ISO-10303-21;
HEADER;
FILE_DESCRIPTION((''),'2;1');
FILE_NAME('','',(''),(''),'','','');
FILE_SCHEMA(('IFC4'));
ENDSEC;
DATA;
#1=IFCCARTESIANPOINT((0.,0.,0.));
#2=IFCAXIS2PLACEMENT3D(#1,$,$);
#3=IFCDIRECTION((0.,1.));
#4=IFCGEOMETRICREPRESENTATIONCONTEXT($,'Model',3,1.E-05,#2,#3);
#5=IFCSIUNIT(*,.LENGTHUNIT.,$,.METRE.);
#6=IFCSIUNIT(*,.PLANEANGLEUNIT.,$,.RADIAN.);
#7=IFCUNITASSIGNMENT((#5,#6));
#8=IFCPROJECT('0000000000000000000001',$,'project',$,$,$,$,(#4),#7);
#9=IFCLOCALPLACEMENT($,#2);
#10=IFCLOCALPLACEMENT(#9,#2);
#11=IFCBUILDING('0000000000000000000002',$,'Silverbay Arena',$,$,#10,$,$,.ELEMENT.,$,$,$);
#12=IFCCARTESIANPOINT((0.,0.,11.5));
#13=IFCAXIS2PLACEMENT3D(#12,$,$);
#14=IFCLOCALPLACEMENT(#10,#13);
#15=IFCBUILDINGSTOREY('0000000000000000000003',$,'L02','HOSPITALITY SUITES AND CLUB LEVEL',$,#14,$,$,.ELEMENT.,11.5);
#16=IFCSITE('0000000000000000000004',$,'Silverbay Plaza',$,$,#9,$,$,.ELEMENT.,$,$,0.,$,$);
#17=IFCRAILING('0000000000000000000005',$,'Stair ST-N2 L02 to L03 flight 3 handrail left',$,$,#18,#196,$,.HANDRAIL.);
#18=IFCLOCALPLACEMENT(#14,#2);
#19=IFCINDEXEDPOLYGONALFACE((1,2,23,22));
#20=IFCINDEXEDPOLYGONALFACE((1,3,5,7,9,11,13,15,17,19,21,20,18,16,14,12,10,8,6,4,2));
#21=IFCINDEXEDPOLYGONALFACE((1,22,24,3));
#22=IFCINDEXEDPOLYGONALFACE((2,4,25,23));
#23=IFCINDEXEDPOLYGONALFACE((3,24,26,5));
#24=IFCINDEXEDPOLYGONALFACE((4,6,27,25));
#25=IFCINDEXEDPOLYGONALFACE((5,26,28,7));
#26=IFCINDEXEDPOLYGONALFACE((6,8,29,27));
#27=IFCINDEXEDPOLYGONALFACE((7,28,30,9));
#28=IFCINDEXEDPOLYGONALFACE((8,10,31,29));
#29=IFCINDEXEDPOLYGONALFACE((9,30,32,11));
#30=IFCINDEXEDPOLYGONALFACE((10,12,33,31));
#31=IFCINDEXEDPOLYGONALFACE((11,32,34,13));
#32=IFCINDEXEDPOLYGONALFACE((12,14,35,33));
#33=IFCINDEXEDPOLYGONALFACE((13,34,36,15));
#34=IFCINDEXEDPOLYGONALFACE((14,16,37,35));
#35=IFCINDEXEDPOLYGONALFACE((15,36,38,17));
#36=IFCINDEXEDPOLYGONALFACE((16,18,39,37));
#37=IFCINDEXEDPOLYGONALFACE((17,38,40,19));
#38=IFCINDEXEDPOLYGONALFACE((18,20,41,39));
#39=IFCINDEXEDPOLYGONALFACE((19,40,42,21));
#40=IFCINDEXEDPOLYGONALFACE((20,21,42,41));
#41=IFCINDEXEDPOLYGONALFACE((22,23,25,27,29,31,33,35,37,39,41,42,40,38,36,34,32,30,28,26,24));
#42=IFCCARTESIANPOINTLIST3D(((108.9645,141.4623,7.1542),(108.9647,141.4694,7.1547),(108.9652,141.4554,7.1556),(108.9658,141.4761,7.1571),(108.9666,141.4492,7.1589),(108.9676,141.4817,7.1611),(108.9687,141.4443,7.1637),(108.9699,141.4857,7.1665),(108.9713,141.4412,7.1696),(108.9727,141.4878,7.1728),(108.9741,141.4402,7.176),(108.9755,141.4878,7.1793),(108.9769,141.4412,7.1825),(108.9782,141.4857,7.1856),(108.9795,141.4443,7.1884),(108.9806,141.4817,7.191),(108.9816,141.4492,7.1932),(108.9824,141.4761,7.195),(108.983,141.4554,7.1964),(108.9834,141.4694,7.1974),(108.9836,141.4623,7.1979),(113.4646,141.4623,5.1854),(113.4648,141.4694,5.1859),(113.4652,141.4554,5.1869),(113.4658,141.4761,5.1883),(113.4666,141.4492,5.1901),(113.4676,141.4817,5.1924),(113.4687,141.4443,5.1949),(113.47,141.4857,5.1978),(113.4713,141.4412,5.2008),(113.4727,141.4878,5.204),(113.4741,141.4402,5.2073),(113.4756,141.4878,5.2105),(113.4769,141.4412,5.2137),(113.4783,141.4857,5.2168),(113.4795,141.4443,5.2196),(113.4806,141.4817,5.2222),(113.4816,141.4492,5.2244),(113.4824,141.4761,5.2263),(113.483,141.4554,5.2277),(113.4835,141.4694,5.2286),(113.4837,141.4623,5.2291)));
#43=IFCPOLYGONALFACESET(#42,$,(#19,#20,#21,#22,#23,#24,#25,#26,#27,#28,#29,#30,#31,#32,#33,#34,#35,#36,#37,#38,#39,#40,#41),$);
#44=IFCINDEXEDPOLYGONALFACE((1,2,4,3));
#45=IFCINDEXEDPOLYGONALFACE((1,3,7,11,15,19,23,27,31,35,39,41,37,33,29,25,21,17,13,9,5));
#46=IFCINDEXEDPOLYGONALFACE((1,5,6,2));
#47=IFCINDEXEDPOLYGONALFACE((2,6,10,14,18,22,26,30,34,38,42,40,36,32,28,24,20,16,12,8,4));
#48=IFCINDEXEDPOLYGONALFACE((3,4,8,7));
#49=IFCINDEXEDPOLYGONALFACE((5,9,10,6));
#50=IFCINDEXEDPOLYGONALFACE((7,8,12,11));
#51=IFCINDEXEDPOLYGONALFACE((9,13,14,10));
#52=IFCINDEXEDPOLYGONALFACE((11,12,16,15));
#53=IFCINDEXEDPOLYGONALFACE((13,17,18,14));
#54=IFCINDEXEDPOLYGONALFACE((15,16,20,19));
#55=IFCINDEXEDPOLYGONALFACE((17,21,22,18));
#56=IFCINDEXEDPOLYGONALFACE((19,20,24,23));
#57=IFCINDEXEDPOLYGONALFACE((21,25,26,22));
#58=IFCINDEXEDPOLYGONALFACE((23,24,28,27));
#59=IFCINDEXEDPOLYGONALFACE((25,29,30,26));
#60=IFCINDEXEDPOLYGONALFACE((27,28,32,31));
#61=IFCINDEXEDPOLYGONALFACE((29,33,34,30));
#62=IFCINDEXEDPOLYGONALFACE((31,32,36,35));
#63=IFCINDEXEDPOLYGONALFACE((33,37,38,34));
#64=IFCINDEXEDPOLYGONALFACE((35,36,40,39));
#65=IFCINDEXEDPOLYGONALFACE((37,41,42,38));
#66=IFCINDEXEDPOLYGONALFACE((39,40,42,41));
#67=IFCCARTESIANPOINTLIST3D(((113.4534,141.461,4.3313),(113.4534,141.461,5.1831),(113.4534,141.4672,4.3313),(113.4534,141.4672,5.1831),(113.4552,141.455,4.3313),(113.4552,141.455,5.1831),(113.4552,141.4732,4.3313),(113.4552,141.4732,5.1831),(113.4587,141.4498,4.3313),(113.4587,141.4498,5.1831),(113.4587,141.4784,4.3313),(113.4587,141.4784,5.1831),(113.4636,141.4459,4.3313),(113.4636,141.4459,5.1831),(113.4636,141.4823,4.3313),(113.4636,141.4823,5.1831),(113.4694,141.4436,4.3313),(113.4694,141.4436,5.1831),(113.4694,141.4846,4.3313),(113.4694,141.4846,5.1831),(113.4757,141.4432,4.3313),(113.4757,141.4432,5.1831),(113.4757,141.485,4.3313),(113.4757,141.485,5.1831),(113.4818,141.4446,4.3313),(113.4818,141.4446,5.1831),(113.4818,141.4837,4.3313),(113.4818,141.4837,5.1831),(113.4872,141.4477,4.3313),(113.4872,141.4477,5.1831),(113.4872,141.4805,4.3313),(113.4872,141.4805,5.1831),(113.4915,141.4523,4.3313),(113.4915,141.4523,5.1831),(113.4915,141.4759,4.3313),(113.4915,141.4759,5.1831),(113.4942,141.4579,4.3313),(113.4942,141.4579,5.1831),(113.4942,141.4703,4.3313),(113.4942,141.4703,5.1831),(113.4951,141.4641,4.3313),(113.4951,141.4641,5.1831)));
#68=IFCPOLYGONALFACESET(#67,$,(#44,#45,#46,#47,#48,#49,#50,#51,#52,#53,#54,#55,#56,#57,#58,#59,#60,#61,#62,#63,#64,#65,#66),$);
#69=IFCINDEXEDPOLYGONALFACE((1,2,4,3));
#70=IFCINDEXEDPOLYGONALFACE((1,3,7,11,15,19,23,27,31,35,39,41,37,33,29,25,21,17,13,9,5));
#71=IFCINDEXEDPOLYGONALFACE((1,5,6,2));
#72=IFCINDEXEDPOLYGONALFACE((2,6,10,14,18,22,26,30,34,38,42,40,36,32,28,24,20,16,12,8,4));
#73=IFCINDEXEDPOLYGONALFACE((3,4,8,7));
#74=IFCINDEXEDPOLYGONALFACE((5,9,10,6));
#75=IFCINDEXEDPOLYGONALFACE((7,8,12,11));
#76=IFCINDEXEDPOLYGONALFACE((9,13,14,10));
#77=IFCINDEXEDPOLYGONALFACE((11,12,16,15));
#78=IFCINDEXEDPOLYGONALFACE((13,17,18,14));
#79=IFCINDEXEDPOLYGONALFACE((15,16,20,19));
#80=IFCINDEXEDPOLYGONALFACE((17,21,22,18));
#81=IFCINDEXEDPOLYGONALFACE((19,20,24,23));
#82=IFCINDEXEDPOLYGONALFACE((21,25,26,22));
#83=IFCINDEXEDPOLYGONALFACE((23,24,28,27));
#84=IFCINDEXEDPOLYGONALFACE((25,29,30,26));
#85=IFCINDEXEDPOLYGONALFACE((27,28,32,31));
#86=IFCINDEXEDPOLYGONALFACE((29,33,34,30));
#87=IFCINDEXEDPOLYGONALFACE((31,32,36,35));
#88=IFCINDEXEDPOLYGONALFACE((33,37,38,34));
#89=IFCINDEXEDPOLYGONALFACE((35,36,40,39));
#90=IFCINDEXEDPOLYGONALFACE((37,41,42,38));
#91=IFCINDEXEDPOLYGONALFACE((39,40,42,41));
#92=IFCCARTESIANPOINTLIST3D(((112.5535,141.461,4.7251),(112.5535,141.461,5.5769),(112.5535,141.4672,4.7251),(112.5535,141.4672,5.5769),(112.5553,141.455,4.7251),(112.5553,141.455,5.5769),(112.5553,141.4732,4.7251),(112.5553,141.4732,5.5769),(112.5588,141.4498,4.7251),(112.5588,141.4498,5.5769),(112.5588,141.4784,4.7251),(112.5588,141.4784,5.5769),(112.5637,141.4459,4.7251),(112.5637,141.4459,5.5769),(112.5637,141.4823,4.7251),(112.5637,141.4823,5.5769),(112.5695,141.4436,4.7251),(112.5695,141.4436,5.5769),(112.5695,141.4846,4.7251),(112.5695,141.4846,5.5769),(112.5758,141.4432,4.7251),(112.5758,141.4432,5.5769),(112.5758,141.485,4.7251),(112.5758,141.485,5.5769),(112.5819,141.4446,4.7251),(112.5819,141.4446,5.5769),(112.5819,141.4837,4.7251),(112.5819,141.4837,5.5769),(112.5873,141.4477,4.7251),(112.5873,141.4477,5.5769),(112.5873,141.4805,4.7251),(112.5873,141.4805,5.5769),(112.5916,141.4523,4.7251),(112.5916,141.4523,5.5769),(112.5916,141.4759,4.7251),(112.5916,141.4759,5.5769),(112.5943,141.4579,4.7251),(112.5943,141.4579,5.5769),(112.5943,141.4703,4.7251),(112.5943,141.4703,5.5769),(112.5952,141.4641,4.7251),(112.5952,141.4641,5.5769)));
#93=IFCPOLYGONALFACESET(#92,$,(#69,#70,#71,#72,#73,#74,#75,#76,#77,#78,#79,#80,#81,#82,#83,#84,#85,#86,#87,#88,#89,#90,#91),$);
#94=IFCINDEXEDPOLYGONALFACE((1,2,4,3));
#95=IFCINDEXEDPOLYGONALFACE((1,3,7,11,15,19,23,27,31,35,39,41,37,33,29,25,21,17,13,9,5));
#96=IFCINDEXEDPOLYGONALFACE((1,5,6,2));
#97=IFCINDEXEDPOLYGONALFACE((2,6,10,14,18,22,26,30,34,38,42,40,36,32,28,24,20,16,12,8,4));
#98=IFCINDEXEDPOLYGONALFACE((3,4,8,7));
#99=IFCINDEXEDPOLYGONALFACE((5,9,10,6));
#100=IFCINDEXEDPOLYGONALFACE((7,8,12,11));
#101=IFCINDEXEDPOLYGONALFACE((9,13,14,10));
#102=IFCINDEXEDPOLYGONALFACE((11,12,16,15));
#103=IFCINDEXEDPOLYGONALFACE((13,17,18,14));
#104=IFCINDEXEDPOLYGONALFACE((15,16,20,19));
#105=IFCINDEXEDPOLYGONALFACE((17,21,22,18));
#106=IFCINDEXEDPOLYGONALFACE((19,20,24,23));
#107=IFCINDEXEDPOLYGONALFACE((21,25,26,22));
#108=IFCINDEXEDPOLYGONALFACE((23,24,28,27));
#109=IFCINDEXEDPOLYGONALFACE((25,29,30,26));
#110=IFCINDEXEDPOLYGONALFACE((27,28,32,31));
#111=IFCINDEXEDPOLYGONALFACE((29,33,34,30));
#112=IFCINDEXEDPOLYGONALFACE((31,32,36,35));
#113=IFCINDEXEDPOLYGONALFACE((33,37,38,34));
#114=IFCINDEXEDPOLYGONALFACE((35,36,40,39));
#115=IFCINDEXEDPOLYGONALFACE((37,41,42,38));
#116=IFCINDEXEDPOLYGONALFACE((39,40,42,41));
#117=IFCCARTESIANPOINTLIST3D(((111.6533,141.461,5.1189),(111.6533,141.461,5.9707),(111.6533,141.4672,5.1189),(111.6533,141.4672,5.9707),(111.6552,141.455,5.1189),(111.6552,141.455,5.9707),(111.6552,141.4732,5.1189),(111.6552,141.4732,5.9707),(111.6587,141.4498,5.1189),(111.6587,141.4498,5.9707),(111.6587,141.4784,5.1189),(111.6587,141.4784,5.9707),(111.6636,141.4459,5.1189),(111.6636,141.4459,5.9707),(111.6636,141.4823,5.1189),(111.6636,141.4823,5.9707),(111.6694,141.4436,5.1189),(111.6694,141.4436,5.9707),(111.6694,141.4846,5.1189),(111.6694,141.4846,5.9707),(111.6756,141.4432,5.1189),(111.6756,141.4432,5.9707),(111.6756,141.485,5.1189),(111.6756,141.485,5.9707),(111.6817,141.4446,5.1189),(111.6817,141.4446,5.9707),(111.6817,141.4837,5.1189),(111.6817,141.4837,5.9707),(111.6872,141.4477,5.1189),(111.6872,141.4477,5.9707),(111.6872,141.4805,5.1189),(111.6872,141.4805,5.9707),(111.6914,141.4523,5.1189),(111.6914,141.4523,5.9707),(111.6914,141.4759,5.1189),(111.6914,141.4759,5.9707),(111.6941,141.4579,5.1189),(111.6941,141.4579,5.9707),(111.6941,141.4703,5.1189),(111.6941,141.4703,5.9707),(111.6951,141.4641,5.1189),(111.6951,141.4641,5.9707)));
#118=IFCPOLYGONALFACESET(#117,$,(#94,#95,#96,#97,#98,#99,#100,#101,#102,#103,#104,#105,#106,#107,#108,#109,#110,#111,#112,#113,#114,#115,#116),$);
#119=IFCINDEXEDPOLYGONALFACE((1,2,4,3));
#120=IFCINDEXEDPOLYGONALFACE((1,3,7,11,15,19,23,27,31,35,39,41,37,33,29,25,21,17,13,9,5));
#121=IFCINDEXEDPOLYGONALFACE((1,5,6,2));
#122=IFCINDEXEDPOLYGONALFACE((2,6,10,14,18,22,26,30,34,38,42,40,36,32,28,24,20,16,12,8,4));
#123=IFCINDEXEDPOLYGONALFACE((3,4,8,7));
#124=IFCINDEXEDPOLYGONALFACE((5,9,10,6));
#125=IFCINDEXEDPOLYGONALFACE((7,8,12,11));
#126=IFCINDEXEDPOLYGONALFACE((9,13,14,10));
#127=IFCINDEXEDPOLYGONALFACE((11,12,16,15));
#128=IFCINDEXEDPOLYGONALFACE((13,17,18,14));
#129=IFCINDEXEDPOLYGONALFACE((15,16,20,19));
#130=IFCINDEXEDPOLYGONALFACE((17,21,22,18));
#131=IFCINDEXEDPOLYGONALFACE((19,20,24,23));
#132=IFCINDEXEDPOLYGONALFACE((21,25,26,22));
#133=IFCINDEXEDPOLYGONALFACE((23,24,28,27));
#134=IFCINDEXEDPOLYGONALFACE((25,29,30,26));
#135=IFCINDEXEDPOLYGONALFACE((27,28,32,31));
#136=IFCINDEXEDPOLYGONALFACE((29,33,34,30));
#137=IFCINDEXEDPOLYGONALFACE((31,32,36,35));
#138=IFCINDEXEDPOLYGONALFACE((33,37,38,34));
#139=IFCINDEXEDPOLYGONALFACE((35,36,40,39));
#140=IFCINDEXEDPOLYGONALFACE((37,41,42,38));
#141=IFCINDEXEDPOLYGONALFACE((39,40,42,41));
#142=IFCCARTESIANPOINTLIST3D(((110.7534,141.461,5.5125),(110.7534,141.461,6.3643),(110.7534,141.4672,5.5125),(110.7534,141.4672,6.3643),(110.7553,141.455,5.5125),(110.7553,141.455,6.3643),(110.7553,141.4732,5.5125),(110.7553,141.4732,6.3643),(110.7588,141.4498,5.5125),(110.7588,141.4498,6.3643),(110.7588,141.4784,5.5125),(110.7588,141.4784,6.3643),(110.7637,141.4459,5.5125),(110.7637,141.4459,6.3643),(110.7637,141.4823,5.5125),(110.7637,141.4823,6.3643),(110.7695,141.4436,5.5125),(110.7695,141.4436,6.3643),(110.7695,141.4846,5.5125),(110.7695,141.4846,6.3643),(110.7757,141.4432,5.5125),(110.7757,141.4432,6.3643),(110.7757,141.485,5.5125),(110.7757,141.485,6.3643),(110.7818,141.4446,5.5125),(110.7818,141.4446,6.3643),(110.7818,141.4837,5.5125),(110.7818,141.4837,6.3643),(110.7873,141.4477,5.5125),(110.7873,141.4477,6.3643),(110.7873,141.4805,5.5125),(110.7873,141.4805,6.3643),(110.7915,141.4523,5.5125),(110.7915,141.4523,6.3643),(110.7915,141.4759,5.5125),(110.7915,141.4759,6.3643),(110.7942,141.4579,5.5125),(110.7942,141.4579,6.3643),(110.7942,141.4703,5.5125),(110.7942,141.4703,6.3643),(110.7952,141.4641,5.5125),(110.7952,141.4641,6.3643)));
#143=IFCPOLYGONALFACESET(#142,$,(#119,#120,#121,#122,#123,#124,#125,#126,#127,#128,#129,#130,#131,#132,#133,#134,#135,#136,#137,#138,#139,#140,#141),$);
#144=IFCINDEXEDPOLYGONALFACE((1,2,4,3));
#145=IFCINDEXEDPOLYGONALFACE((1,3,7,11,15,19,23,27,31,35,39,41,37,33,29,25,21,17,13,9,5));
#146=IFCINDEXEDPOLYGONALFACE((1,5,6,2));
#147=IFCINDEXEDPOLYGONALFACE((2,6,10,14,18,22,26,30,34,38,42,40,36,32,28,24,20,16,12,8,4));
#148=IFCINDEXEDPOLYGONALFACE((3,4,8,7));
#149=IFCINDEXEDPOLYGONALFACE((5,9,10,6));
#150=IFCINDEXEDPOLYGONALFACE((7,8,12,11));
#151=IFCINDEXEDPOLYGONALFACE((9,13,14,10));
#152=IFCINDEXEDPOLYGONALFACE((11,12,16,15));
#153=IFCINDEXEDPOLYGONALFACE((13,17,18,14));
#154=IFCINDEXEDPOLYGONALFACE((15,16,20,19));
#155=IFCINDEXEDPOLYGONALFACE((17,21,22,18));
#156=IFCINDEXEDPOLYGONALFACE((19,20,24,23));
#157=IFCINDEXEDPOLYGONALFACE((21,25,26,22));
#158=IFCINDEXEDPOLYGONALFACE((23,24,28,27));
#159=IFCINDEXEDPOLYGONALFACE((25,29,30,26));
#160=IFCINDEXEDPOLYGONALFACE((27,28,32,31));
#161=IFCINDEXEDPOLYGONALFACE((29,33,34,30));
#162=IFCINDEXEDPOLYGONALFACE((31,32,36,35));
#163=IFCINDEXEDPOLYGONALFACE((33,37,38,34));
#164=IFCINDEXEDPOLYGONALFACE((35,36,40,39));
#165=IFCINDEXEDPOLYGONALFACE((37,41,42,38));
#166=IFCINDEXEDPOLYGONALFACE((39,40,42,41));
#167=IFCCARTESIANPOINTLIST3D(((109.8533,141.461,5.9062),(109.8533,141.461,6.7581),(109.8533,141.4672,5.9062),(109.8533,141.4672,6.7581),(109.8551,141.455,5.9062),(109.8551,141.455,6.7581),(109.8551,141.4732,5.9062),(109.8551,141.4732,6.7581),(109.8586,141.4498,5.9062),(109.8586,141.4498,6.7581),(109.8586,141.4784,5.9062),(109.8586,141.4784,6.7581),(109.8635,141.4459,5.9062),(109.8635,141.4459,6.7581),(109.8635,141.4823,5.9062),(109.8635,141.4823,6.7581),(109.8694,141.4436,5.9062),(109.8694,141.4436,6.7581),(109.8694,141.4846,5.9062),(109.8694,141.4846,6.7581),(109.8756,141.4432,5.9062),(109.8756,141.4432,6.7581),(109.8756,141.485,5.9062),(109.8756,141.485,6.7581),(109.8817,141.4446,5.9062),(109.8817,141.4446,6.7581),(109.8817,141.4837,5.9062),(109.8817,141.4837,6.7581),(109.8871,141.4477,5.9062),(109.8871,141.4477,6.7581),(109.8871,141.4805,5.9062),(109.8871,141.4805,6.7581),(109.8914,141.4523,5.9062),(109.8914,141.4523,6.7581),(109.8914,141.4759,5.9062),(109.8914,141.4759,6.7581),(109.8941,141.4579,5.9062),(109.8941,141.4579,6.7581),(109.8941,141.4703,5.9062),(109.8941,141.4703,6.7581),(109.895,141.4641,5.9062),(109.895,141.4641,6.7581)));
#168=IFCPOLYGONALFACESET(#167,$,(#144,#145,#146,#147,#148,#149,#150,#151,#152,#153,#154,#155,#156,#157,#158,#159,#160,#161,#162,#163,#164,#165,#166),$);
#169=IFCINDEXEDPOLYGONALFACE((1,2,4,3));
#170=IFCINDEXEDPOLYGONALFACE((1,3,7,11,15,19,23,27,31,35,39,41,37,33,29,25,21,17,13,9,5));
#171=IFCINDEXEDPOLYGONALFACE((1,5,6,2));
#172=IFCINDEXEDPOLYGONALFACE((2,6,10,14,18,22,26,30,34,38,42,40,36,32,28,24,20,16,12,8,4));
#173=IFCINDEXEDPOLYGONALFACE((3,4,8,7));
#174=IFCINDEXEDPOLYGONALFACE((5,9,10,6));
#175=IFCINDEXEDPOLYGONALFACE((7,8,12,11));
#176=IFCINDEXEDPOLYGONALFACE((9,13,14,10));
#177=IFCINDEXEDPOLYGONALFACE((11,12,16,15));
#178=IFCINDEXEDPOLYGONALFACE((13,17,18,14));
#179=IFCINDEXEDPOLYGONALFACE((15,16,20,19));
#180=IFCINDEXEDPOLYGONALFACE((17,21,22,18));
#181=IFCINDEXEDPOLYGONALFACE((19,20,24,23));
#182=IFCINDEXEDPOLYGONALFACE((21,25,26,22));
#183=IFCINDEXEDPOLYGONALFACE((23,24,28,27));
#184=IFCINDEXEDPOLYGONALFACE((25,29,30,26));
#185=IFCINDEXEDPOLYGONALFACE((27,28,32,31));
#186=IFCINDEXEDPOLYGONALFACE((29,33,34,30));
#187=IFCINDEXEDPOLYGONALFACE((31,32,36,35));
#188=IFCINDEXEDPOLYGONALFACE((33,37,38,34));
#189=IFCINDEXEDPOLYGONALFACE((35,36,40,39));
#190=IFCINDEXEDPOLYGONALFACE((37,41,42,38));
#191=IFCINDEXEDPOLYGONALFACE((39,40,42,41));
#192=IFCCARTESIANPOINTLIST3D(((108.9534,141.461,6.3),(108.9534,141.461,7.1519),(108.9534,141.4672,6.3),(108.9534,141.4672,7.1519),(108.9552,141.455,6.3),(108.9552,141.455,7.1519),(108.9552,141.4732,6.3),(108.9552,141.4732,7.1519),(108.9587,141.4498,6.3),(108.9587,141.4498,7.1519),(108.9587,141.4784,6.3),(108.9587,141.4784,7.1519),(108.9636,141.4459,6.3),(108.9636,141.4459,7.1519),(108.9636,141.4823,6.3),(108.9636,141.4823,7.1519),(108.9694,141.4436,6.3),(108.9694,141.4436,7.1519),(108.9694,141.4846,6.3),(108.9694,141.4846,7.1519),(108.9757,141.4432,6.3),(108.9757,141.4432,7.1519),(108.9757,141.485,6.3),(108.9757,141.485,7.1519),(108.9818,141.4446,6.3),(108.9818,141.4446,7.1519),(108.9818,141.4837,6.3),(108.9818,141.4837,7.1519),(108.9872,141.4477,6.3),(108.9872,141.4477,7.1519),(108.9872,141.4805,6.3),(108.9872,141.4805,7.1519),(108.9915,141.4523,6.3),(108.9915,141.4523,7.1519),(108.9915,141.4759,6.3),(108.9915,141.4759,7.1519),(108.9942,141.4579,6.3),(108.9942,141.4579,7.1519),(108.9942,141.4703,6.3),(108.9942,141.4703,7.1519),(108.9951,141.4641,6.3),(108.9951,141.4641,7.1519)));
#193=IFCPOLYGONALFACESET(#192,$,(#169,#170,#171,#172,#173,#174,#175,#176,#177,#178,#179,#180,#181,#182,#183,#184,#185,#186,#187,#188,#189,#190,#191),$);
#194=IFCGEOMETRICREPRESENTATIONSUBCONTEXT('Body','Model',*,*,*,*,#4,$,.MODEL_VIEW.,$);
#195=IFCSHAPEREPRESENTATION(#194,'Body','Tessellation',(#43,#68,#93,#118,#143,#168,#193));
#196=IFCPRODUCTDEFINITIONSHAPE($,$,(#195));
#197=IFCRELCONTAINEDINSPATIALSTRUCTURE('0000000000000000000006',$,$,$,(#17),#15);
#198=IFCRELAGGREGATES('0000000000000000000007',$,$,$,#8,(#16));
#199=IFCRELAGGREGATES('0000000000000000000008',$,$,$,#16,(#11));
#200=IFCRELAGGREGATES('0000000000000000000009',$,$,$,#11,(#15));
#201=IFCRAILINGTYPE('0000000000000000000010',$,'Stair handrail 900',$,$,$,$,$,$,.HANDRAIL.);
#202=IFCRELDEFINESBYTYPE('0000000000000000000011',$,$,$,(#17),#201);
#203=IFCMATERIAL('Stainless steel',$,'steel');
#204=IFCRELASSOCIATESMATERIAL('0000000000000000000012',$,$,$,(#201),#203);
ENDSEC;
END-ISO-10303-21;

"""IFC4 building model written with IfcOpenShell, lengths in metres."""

from ifc_helpers import new_model, si_unit, direction, frame, origin, origin_2d, place, context, subcontext, project, spatial, circle, extrude, material, type_object, element, save


model = new_model("IFC4")

# Units and contexts
model_context = context("Model", 3, precision=1e-05, world=origin(), true_north=direction((0.0, 1.0)))
body_context = subcontext(model_context, "Body", "Model", "MODEL_VIEW")
ifc_project = project(units=[si_unit("LENGTHUNIT", "METRE"), si_unit("PLANEANGLEUNIT", "RADIAN")], contexts=[model_context])

# Site, building, storey
site_placement = place(None, origin())
site = spatial("IfcSite", under=ifc_project, at=site_placement, Name="Silverbay Plaza", CompositionType="ELEMENT", RefElevation=0.0)
building_placement = place(site_placement, origin())
building = spatial("IfcBuilding", under=site, at=building_placement, Name="Silverbay Arena", CompositionType="ELEMENT")
storey_placement = place(building_placement, frame((0.0, 0.0, 11.5)))
storey = spatial("IfcBuildingStorey", under=building, at=storey_placement, Name="L02", Description="HOSPITALITY SUITES AND CLUB LEVEL", CompositionType="ELEMENT", Elevation=11.5)

# Railing
ifc_material_1 = material(Name="Stainless steel", Category="steel")
railing_type_1 = type_object("IfcRailingType", Name="Stair handrail 900", PredefinedType="HANDRAIL", material=ifc_material_1)
for number, where, name in (
    (1, (113.4741, 141.4641, 4.3313), "Stair ST-N2 L02 to L03 flight 3 handrail left"),
):
    element("IfcRailing", number, at=place(storey_placement, frame(where)), inside=storey, type_object=railing_type_1, Name=name, PredefinedType="HANDRAIL", context=body_context, shape_type="SweptSolid", body=[
        extrude(circle(Radius=0.0239, at=origin_2d()), frame((0.0, 0.0, 0.876), z_axis=(-0.916157, 0.0, 0.400819), x_axis=(0.0, -1.0, 0.0)), (0.0, 0.0, 1.0), 4.9119),
        extrude(circle(Radius=0.021, at=origin_2d()), origin(), (0.0, 0.0, 1.0), 0.8518),
        extrude(circle(Radius=0.021, at=origin_2d()), frame((-0.8999, 0.0, 0.3938)), (0.0, 0.0, 1.0), 0.8518),
        extrude(circle(Radius=0.021, at=origin_2d()), frame((-1.8, 0.0, 0.7876)), (0.0, 0.0, 1.0), 0.8518),
        extrude(circle(Radius=0.021, at=origin_2d()), frame((-2.7, 0.0, 1.1812)), (0.0, 0.0, 1.0), 0.8518),
        extrude(circle(Radius=0.021, at=origin_2d()), frame((-3.6001, 0.0, 1.575)), (0.0, 0.0, 1.0), 0.8518),
        extrude(circle(Radius=0.021, at=origin_2d()), frame((-4.5, 0.0, 1.9688)), (0.0, 0.0, 1.0), 0.8518),
    ])

save(model, "model.ifc")
